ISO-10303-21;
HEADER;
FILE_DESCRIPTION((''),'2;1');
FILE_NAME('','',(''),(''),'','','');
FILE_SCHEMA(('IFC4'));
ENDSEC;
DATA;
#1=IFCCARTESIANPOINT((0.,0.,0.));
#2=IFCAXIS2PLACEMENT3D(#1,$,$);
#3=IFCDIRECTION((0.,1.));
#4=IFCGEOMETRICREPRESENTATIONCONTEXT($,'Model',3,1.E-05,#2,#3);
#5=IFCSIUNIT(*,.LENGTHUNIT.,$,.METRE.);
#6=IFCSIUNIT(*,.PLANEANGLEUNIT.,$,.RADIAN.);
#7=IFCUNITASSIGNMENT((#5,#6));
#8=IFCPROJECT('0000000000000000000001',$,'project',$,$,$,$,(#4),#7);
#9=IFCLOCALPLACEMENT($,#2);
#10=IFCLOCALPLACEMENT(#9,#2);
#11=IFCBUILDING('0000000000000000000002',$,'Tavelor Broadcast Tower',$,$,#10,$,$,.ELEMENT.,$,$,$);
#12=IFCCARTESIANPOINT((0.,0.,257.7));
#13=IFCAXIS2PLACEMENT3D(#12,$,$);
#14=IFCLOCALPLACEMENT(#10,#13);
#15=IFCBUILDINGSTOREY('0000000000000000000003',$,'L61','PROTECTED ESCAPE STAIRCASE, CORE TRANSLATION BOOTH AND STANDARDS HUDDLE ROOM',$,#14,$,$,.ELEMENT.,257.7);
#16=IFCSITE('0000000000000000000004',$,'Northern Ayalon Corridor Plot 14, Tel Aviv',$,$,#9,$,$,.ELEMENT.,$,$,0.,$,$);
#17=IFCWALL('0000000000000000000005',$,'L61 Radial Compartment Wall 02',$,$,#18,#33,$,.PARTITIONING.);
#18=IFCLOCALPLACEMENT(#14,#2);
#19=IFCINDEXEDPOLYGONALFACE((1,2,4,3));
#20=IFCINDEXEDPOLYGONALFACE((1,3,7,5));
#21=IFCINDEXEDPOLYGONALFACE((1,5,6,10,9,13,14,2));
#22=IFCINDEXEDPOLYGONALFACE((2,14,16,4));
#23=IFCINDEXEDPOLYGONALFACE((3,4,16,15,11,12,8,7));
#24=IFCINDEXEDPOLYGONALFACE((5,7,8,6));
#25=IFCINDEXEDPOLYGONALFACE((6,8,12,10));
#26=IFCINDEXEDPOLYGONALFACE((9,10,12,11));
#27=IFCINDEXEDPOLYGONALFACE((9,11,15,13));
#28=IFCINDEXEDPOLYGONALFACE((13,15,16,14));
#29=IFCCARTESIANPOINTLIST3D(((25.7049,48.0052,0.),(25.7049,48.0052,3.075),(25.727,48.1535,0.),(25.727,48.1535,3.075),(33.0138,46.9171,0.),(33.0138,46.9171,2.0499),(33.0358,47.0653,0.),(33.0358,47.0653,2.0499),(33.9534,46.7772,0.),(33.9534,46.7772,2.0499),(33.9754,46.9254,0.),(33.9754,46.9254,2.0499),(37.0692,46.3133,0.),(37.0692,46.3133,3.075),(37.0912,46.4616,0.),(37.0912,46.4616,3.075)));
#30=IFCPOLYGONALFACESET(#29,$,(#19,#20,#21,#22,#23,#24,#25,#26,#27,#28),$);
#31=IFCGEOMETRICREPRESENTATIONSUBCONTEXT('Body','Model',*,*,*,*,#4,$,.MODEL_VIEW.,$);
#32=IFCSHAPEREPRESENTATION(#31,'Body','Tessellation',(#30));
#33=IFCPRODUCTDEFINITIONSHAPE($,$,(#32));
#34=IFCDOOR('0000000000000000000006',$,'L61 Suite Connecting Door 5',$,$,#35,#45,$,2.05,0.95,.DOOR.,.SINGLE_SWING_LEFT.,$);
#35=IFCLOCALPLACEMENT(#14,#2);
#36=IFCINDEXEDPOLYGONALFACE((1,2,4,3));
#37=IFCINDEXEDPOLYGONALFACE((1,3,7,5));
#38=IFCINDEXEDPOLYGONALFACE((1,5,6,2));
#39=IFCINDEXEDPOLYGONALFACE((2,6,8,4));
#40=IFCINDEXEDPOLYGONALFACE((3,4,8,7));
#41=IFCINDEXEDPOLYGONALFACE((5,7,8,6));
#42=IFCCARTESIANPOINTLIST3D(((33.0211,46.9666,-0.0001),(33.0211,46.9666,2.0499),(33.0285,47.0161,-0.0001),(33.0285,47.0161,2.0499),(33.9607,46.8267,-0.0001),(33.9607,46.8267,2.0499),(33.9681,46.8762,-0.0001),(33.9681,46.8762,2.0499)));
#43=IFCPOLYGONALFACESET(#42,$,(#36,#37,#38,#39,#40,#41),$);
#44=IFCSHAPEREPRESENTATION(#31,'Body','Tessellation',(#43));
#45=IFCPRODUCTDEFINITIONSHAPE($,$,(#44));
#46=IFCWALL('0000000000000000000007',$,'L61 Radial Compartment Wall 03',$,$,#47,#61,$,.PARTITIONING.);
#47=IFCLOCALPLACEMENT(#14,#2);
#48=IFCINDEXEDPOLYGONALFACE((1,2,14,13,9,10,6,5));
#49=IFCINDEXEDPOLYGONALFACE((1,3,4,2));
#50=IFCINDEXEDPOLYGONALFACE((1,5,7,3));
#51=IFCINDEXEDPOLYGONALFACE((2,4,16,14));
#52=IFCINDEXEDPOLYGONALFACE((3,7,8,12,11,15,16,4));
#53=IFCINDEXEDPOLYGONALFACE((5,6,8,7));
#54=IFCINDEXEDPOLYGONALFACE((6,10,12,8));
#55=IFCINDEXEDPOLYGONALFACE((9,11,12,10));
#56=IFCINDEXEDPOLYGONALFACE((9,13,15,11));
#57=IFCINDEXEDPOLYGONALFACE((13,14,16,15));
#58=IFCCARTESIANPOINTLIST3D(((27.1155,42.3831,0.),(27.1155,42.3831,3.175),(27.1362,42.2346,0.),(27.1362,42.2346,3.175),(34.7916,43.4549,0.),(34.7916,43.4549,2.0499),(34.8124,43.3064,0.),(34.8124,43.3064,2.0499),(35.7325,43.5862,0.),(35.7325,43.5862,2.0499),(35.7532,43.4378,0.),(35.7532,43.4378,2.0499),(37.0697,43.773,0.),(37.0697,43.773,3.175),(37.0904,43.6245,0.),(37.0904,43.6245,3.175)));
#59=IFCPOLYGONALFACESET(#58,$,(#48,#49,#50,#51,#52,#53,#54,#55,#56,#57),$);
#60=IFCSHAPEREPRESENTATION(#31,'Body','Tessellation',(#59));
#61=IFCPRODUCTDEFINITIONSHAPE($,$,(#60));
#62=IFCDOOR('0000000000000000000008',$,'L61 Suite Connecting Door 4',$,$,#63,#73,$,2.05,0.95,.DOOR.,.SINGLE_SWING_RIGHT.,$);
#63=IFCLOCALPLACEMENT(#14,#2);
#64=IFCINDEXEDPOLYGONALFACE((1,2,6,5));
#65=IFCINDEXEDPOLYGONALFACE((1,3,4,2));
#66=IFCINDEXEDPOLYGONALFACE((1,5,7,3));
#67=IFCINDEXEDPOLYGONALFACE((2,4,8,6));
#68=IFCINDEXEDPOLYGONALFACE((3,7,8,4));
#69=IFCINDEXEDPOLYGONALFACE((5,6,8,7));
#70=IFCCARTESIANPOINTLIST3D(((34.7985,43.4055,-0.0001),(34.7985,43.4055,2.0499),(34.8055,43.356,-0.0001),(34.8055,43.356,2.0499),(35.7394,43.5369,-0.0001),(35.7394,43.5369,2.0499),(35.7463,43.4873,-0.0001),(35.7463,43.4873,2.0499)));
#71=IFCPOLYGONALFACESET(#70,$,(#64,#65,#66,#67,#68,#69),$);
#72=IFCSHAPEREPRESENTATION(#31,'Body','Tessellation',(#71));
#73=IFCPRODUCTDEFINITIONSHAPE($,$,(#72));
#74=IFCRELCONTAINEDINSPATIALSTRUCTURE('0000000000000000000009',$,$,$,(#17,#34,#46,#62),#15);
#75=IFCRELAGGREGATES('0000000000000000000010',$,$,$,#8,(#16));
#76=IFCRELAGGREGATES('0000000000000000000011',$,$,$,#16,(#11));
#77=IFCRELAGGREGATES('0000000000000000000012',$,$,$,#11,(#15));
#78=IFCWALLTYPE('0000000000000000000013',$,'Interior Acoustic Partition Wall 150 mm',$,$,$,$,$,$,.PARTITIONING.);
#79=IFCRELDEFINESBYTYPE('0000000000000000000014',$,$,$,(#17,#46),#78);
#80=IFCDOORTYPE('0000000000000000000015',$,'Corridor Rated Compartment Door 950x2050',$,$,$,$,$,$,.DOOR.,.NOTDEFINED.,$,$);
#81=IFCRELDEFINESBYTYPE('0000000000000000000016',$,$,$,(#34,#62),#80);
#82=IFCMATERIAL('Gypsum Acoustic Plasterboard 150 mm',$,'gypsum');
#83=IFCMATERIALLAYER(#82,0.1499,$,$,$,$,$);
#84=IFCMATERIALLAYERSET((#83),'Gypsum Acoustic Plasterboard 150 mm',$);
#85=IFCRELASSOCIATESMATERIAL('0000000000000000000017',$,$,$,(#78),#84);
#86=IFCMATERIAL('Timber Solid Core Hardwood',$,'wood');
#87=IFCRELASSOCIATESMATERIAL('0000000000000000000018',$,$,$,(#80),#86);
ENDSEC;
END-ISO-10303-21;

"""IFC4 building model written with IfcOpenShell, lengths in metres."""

from ifc_helpers import new_model, si_unit, direction, frame, frame_2d, origin, place, context, subcontext, project, spatial, rectangle, extrude, material, layer, layer_set, type_object, element, fill, save


model = new_model("IFC4")

# Units and contexts
model_context = context("Model", 3, precision=1e-05, world=origin(), true_north=direction((0.0, 1.0)))
body_context = subcontext(model_context, "Body", "Model", "MODEL_VIEW")
ifc_project = project(units=[si_unit("LENGTHUNIT", "METRE"), si_unit("PLANEANGLEUNIT", "RADIAN")], contexts=[model_context])

# Site, building, storey
site_placement = place(None, origin())
site = spatial("IfcSite", under=ifc_project, at=site_placement, Name="Northern Ayalon Corridor Plot 14, Tel Aviv", CompositionType="ELEMENT", RefElevation=0.0)
building_placement = place(site_placement, origin())
building = spatial("IfcBuilding", under=site, at=building_placement, Name="Tavelor Broadcast Tower", CompositionType="ELEMENT")
storey_placement = place(building_placement, frame((0.0, 0.0, 257.7)))
storey = spatial("IfcBuildingStorey", under=building, at=storey_placement, Name="L61", Description="PROTECTED ESCAPE STAIRCASE, CORE TRANSLATION BOOTH AND STANDARDS HUDDLE ROOM", CompositionType="ELEMENT", Elevation=257.7)

# Shared definitions
ifc_material_1 = material(Name="Gypsum Acoustic Plasterboard 150 mm", Category="gypsum")
ifc_layer_1 = layer(ifc_material_1, 0.1499)
ifc_layer_set_1 = layer_set([ifc_layer_1], Name="Gypsum Acoustic Plasterboard 150 mm")
wall_type_1 = type_object("IfcWallType", Name="Interior Acoustic Partition Wall 150 mm", PredefinedType="PARTITIONING", material=ifc_layer_set_1)
ifc_material_2 = material(Name="Timber Solid Core Hardwood", Category="wood")
door_type_1 = type_object("IfcDoorType", Name="Corridor Rated Compartment Door 950x2050", OperationType="NOTDEFINED", PredefinedType="DOOR", material=ifc_material_2)

# Walls, openings, doors
wall_1_placement = place(storey_placement, frame((37.0801, 46.3875, 0.0), z_axis=(0.0, 0.0, 1.0), x_axis=(-0.989098, 0.147256, 0.0)))
wall_1 = element("IfcWall", 1, at=wall_1_placement, inside=storey, type_object=wall_type_1, Name="L61 Radial Compartment Wall 02", PredefinedType="PARTITIONING", context=body_context, shape_type="SweptSolid", body=[
    extrude(rectangle(XDim=11.4895, YDim=0.1499, at=frame_2d((5.7446, 0.0))), origin(), (0.0, 0.0, 1.0), 3.075),
])
opening_1_placement = place(wall_1_placement, frame((3.1499, 0.0, 0.0)))
opening_1 = element("IfcOpeningElement", 2, at=opening_1_placement, cuts=wall_1, PredefinedType="OPENING", context=body_context, shape_type="SweptSolid", body=[
    extrude(rectangle(XDim=0.95, YDim=2.05, at=frame_2d((0.4751, 1.0249))), frame((0.0, 0.085, 0.0), z_axis=(0.0, -1.0, 0.0), x_axis=(1.0, 0.0, 0.0)), (0.0, 0.0, 1.0), 0.1699),
])
door_1_placement = place(opening_1_placement, origin())
door_1 = element("IfcDoor", 3, at=door_1_placement, inside=storey, type_object=door_type_1, Name="L61 Suite Connecting Door 5", OperationType="SINGLE_SWING_LEFT", OverallHeight=2.05, OverallWidth=0.95, PredefinedType="DOOR", context=body_context, shape_type="SweptSolid", body=[
    extrude(rectangle(XDim=0.95, YDim=2.05, at=frame_2d((0.4751, 1.0249))), frame((0.0, 0.0249, 0.0), z_axis=(0.0, -1.0, 0.0), x_axis=(1.0, 0.0, 0.0)), (0.0, 0.0, 1.0), 0.05),
])
fill(opening_1, door_1)
wall_2_placement = place(storey_placement, frame((37.0801, 43.6987, 0.0), z_axis=(0.0, 0.0, 1.0), x_axis=(-0.990392, -0.138289, 0.0)))
wall_2 = element("IfcWall", 4, at=wall_2_placement, inside=storey, type_object=wall_type_1, Name="L61 Radial Compartment Wall 03", PredefinedType="PARTITIONING", context=body_context, shape_type="SweptSolid", body=[
    extrude(rectangle(XDim=10.0508, YDim=0.1499, at=frame_2d((5.0254, 0.0))), origin(), (0.0, 0.0, 1.0), 3.175),
])
opening_2_placement = place(wall_2_placement, frame((1.3501, 0.0, 0.0)))
opening_2 = element("IfcOpeningElement", 5, at=opening_2_placement, cuts=wall_2, PredefinedType="OPENING", context=body_context, shape_type="SweptSolid", body=[
    extrude(rectangle(XDim=0.95, YDim=2.05, at=frame_2d((0.4751, 1.0249))), frame((0.0, 0.085, 0.0), z_axis=(0.0, -1.0, 0.0), x_axis=(1.0, 0.0, 0.0)), (0.0, 0.0, 1.0), 0.1699),
])
door_2_placement = place(opening_2_placement, origin())
door_2 = element("IfcDoor", 6, at=door_2_placement, inside=storey, type_object=door_type_1, Name="L61 Suite Connecting Door 4", OperationType="SINGLE_SWING_RIGHT", OverallHeight=2.05, OverallWidth=0.95, PredefinedType="DOOR", context=body_context, shape_type="SweptSolid", body=[
    extrude(rectangle(XDim=0.95, YDim=2.05, at=frame_2d((0.4751, 1.0249))), frame((0.0, 0.0249, 0.0), z_axis=(0.0, -1.0, 0.0), x_axis=(1.0, 0.0, 0.0)), (0.0, 0.0, 1.0), 0.05),
])
fill(opening_2, door_2)

save(model, "model.ifc")
